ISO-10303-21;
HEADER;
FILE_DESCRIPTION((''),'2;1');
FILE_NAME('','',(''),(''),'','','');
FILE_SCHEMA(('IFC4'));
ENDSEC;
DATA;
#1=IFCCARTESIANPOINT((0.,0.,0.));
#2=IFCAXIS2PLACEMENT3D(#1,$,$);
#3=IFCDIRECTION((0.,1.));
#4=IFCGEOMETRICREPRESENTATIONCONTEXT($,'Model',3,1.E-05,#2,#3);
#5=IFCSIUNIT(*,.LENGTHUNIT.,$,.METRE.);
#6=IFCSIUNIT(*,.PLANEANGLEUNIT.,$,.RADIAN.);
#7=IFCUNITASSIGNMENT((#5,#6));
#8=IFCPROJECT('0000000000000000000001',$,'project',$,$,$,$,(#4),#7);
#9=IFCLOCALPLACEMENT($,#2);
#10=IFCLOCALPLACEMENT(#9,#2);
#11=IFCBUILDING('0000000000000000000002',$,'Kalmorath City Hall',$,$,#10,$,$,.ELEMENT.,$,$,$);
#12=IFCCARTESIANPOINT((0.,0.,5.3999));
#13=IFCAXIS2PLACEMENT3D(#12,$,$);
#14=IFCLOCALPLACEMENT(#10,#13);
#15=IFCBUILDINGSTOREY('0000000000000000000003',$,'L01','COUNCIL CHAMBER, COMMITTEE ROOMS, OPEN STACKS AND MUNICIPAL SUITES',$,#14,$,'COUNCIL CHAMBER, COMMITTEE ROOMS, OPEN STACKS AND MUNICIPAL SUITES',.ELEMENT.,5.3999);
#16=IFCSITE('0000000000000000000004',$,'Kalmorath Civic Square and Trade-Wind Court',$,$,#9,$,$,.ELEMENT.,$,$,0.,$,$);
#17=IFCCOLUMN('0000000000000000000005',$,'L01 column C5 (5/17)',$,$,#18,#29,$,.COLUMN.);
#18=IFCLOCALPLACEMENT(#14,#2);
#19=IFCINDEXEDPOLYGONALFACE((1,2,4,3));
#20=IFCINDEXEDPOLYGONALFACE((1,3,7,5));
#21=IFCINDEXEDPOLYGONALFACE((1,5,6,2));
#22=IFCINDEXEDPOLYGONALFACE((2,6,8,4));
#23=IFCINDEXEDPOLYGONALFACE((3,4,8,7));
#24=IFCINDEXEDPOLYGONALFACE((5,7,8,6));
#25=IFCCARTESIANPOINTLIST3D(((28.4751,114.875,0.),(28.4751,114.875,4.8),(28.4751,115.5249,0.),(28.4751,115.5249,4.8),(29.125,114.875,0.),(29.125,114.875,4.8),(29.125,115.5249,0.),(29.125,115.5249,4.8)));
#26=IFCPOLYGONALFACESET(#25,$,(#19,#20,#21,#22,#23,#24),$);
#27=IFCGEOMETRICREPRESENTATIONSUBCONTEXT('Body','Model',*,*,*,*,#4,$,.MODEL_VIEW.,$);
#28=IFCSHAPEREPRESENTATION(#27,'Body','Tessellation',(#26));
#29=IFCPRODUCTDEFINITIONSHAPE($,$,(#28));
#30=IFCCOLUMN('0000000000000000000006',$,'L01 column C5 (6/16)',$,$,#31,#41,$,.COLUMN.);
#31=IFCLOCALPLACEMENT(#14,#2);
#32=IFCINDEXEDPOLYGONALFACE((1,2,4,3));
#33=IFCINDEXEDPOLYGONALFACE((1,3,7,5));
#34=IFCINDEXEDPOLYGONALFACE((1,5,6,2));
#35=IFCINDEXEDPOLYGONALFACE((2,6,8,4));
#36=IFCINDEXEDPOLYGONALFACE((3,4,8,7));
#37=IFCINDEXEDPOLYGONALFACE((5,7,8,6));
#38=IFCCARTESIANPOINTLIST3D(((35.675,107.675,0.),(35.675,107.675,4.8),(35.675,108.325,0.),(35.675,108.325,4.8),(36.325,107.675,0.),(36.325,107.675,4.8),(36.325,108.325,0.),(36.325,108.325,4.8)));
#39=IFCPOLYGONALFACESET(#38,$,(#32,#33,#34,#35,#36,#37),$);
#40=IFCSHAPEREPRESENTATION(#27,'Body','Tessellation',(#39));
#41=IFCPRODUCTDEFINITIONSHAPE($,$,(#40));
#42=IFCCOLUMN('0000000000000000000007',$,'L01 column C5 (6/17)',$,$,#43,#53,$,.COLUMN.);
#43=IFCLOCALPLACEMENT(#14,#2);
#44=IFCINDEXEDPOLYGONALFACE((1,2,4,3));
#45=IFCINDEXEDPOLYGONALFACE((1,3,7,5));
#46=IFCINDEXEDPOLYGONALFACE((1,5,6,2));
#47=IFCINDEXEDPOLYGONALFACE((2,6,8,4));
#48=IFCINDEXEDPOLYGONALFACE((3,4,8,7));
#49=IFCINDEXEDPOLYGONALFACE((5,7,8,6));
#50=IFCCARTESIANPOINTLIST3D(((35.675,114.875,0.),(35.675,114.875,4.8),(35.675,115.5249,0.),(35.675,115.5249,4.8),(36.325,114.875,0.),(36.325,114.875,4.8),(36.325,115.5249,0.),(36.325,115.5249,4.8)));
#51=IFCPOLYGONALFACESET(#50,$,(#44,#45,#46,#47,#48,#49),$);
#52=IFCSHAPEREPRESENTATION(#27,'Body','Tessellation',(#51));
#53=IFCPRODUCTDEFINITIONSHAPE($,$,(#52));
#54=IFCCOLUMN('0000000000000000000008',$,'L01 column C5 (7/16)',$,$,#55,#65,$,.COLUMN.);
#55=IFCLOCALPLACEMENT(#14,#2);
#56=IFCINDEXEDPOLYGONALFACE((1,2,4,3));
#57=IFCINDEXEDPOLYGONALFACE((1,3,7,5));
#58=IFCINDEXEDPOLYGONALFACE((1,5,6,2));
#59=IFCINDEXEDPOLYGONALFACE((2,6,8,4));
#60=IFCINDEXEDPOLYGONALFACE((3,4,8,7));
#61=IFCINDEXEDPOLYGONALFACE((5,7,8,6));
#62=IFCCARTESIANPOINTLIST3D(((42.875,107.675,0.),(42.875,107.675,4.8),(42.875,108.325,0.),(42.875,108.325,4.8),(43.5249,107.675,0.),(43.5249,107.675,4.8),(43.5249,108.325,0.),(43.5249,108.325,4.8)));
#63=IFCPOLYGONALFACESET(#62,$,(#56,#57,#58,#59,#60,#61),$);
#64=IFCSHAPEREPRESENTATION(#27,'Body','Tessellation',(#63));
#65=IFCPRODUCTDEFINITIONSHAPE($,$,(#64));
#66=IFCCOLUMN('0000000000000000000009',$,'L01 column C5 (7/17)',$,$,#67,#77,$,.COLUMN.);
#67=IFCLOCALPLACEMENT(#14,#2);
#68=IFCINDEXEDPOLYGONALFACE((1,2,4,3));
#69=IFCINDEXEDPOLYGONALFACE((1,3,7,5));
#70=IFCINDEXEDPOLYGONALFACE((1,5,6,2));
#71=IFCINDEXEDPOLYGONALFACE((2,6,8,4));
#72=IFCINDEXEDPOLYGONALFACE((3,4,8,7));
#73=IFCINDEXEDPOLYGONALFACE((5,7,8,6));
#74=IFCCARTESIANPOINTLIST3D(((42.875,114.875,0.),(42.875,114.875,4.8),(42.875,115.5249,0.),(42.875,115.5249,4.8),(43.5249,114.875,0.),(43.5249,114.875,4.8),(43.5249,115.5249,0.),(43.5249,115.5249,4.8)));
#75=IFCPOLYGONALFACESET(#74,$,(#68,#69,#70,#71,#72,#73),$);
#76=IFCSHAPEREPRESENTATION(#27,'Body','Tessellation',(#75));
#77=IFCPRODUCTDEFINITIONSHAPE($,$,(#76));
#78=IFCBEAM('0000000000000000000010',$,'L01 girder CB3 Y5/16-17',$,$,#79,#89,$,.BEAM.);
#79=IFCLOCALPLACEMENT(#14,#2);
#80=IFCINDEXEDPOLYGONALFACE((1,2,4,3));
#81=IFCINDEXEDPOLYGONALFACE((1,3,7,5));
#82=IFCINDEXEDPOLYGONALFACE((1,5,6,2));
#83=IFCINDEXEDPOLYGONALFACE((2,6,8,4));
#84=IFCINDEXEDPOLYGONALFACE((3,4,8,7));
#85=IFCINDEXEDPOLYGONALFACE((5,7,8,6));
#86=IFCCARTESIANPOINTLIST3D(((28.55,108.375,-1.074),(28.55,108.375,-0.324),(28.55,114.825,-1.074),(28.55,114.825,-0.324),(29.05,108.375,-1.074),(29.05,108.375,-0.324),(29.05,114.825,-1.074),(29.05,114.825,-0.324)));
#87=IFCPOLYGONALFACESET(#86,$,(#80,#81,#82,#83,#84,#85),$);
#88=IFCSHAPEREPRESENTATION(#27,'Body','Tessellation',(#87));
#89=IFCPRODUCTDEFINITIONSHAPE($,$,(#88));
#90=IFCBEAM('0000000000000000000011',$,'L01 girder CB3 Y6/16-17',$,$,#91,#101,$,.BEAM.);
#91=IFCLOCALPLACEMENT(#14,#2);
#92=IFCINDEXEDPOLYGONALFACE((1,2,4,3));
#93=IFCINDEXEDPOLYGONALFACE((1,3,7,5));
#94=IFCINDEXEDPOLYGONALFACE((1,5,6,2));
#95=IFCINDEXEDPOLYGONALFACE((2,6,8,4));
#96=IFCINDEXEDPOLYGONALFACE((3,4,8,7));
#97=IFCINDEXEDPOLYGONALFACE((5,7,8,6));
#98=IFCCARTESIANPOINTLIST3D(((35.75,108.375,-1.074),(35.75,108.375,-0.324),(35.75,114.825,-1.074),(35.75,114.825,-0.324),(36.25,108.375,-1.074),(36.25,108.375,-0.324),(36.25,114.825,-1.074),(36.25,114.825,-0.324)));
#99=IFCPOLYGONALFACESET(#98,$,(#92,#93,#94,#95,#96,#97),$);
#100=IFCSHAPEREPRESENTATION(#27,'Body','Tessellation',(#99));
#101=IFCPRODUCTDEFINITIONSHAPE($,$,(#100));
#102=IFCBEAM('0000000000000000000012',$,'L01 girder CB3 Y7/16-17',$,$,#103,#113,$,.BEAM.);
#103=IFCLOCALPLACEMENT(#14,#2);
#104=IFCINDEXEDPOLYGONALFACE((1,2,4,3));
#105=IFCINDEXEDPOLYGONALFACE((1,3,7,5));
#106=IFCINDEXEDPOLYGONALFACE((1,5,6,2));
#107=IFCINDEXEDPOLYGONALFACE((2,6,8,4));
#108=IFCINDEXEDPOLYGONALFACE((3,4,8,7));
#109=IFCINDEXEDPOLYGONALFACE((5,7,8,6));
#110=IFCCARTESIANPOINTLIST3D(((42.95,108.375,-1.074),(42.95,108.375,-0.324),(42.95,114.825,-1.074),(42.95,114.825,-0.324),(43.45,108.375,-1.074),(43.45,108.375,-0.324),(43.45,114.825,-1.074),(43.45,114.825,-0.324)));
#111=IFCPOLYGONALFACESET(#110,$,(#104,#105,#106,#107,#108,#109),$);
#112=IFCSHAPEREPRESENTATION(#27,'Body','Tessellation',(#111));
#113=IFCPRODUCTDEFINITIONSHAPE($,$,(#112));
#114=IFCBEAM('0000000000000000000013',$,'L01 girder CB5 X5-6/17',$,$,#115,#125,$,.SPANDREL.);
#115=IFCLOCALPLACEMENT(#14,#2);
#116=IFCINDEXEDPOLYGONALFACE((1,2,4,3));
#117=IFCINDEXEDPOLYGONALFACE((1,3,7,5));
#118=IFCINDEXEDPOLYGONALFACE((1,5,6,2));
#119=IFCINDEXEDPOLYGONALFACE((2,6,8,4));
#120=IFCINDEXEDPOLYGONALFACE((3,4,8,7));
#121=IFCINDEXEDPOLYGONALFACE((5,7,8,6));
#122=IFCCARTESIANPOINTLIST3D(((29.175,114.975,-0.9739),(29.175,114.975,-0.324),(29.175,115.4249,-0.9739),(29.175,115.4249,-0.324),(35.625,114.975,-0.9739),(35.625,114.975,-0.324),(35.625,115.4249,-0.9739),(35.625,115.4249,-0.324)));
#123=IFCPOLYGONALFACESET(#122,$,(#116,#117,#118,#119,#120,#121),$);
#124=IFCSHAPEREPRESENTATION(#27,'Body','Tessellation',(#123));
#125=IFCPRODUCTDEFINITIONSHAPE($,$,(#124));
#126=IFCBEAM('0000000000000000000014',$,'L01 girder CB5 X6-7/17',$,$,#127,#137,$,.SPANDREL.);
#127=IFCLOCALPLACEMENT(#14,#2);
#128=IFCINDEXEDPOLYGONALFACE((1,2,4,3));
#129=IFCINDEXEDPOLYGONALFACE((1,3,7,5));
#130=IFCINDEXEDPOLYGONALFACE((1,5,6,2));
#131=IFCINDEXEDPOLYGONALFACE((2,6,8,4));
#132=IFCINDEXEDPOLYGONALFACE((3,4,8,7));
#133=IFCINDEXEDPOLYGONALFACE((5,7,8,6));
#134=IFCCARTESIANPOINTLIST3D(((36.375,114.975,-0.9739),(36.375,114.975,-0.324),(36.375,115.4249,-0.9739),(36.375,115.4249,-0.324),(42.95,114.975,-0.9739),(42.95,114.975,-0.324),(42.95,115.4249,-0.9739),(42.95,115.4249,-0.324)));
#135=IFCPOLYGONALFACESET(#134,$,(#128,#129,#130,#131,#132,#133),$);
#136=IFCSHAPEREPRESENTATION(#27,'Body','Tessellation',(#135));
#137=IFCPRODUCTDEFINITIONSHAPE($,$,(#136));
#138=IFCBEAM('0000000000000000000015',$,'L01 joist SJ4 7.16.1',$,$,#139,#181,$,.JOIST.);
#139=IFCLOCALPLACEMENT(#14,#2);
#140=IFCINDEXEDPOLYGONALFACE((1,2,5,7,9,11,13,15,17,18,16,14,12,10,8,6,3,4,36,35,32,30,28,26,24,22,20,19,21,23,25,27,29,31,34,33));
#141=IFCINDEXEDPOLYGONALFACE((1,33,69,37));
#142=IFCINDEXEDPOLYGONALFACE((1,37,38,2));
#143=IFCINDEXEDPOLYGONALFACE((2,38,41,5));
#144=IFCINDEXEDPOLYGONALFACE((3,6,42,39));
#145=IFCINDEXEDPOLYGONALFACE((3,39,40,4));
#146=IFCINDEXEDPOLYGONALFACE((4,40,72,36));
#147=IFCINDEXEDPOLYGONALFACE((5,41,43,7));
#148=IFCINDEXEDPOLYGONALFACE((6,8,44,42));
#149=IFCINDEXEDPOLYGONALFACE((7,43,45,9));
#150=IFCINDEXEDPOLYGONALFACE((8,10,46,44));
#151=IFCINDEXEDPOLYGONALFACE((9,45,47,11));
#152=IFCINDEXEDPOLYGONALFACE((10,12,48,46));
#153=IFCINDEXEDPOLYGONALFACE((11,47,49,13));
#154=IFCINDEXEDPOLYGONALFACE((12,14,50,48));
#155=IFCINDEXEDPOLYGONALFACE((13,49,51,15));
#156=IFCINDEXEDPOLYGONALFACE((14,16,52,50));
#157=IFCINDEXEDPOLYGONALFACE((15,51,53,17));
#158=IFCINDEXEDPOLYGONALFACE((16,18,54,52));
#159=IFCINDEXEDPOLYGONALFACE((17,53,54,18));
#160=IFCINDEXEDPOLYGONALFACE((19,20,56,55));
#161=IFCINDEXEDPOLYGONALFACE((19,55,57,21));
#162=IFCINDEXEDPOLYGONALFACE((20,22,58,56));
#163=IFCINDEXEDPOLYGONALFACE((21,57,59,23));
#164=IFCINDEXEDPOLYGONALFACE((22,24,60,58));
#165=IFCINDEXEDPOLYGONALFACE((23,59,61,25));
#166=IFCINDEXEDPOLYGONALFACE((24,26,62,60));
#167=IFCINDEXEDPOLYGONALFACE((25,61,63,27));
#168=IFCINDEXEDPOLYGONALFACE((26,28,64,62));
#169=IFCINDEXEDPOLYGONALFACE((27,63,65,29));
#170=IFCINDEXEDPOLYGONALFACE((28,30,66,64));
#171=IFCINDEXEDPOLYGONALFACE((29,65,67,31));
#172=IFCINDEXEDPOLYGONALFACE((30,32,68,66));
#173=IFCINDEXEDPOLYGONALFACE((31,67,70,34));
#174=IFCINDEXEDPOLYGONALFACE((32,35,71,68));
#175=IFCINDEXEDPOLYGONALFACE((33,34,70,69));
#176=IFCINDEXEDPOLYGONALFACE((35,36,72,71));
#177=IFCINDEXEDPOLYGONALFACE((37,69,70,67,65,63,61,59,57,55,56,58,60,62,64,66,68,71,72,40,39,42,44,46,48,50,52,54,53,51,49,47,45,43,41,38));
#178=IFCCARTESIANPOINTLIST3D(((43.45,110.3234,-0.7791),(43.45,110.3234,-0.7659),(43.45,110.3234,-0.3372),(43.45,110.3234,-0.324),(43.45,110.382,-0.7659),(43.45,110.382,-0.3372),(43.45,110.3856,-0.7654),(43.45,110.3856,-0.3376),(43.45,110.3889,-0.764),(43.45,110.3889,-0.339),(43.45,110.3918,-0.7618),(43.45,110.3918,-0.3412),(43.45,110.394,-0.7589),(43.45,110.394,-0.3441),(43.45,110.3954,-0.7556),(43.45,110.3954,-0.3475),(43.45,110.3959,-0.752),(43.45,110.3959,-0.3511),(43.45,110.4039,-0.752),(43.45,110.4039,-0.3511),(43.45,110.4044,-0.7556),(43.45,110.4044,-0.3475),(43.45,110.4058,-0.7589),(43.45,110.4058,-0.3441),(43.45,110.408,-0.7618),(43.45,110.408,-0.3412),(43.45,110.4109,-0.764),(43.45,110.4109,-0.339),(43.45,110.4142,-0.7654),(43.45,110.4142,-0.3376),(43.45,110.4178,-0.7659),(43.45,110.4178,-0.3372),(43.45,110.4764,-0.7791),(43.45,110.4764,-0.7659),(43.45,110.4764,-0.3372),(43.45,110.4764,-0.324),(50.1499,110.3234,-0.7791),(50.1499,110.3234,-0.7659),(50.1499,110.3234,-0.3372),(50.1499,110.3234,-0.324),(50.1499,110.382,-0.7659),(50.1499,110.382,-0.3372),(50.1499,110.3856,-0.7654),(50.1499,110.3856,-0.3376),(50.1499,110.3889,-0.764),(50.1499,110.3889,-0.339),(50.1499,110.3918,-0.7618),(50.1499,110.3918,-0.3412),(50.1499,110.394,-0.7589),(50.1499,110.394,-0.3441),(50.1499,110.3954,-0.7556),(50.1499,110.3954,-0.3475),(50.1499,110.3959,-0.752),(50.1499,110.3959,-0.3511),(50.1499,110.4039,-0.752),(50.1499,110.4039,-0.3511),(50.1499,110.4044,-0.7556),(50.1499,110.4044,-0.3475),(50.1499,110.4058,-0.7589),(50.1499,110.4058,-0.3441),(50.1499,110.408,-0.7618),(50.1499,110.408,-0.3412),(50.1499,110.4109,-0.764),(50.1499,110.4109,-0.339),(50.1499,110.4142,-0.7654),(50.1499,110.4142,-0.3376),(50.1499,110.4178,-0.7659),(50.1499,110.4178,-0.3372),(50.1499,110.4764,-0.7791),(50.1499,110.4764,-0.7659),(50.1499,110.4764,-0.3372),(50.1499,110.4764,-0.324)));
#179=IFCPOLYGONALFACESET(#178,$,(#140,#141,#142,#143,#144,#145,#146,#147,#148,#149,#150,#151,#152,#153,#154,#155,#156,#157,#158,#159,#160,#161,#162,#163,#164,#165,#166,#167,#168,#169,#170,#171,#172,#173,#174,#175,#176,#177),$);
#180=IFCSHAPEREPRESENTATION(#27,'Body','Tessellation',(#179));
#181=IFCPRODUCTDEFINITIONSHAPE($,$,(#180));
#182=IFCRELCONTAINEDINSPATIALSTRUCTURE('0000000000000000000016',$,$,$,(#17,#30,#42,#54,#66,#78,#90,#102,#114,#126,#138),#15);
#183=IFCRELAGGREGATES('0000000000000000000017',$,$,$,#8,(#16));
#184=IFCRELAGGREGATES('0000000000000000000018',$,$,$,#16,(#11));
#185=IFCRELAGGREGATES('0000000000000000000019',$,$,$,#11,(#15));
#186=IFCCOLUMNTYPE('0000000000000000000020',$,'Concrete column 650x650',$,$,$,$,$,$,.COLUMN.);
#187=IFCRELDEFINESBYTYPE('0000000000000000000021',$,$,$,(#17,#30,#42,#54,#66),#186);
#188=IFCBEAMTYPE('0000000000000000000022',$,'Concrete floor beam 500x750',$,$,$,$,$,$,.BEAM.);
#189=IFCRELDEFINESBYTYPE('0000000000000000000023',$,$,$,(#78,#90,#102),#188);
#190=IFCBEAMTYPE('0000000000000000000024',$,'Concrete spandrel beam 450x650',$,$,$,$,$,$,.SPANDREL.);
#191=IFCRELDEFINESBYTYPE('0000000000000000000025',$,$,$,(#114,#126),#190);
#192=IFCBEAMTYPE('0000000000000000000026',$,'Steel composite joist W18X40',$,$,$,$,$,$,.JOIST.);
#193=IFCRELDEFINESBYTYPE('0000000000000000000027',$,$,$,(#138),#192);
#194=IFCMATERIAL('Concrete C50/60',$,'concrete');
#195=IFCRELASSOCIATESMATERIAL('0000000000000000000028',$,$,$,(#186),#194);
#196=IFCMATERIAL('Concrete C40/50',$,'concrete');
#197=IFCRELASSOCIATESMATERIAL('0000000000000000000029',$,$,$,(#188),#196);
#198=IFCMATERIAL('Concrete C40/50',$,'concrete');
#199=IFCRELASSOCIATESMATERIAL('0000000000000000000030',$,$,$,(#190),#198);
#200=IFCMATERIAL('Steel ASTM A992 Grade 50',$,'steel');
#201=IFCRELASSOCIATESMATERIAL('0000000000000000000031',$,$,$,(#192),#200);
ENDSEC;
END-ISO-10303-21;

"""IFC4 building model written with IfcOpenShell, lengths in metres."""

from ifc_helpers import new_model, si_unit, direction, frame, origin, origin_2d, place, context, subcontext, project, spatial, rectangle, i_section, extrude, material, material_profile, profile_set, type_object, element, save


model = new_model("IFC4")

# Units and contexts
model_context = context("Model", 3, precision=1e-05, world=origin(), true_north=direction((0.0, 1.0)))
body_context = subcontext(model_context, "Body", "Model", "MODEL_VIEW")
ifc_project = project(units=[si_unit("LENGTHUNIT", "METRE"), si_unit("PLANEANGLEUNIT", "RADIAN")], contexts=[model_context])

# Site, building, storey
site_placement = place(None, origin())
site = spatial("IfcSite", under=ifc_project, at=site_placement, Name="Kalmorath Civic Square and Trade-Wind Court", CompositionType="ELEMENT", RefElevation=0.0)
building_placement = place(site_placement, origin())
building = spatial("IfcBuilding", under=site, at=building_placement, Name="Kalmorath City Hall", CompositionType="ELEMENT")
storey_placement = place(building_placement, frame((0.0, 0.0, 5.3999)))
storey = spatial("IfcBuildingStorey", under=building, at=storey_placement, Name="L01", Description="COUNCIL CHAMBER, COMMITTEE ROOMS, OPEN STACKS AND MUNICIPAL SUITES", LongName="COUNCIL CHAMBER, COMMITTEE ROOMS, OPEN STACKS AND MUNICIPAL SUITES", CompositionType="ELEMENT", Elevation=5.3999)

# Columns
ifc_material_1 = material(Name="Concrete C50/60", Category="concrete")
ifc_material_profile_1 = material_profile(ifc_material_1, rectangle(XDim=0.6499, YDim=0.6499, at=origin_2d()), Name="RC-COL-650X650")
ifc_profile_set_1 = profile_set([ifc_material_profile_1], Name="Concrete C50/60")
column_type = type_object("IfcColumnType", Name="Concrete column 650x650", PredefinedType="COLUMN", material=ifc_profile_set_1)
for number, where, z_axis, x_axis, name in (
    (1, (28.8, 115.2, 0.0), (0.0, 0.0, 1.0), (1.0, 0.0, 0.0), "L01 column C5 (5/17)"),
    (2, (36.0, 108.0, 0.0), (0.0, 0.0, 1.0), (1.0, 0.0, 0.0), "L01 column C5 (6/16)"),
    (3, (36.0, 115.2, 0.0), (0.0, 0.0, 1.0), (1.0, 0.0, 0.0), "L01 column C5 (6/17)"),
    (4, (43.2, 108.0, 0.0), (0.0, 0.0, 1.0), (1.0, 0.0, 0.0), "L01 column C5 (7/16)"),
    (5, (43.2, 115.2, 0.0), (0.0, 0.0, 1.0), (1.0, 0.0, 0.0), "L01 column C5 (7/17)"),
):
    element("IfcColumn", number, at=place(storey_placement, frame(where, z_axis=z_axis, x_axis=x_axis)), inside=storey, type_object=column_type, Name=name, PredefinedType="COLUMN", context=body_context, shape_type="SweptSolid", body=[
        extrude(rectangle(XDim=0.6499, YDim=0.6499, at=origin_2d()), origin(), (0.0, 0.0, 1.0), 4.8),
    ])

# Beams
ifc_material_2 = material(Name="Concrete C40/50", Category="concrete")
ifc_material_profile_2 = material_profile(ifc_material_2, rectangle(XDim=0.5, YDim=0.75, at=origin_2d()), Name="RC-BM-500X750")
ifc_profile_set_2 = profile_set([ifc_material_profile_2], Name="Concrete C40/50")
beam_type_1 = type_object("IfcBeamType", Name="Concrete floor beam 500x750", PredefinedType="BEAM", material=ifc_profile_set_2)
for number, where, z_axis, x_axis, name in (
    (6, (28.8, 108.375, -0.699), (0.0, 1.0, 0.0), (-1.0, 0.0, 0.0), "L01 girder CB3 Y5/16-17"),
    (7, (36.0, 108.375, -0.699), (0.0, 1.0, 0.0), (-1.0, 0.0, 0.0), "L01 girder CB3 Y6/16-17"),
    (8, (43.2, 108.375, -0.699), (0.0, 1.0, 0.0), (-1.0, 0.0, 0.0), "L01 girder CB3 Y7/16-17"),
):
    element("IfcBeam", number, at=place(storey_placement, frame(where, z_axis=z_axis, x_axis=x_axis)), inside=storey, type_object=beam_type_1, Name=name, PredefinedType="BEAM", context=body_context, shape_type="SweptSolid", body=[
        extrude(rectangle(XDim=0.5, YDim=0.75, at=origin_2d()), origin(), (0.0, 0.0, 1.0), 6.45),
    ])
ifc_material_3 = material(Name="Concrete C40/50", Category="concrete")
ifc_material_profile_3 = material_profile(ifc_material_3, rectangle(XDim=0.45, YDim=0.6499, at=origin_2d()), Name="RC-BM-450X650")
ifc_profile_set_3 = profile_set([ifc_material_profile_3], Name="Concrete C40/50")
beam_type_2 = type_object("IfcBeamType", Name="Concrete spandrel beam 450x650", PredefinedType="SPANDREL", material=ifc_profile_set_3)
beam_1_placement = place(storey_placement, frame((29.175, 115.2, -0.6489), z_axis=(1.0, 0.0, 0.0), x_axis=(0.0, 1.0, 0.0)))
element("IfcBeam", 9, at=beam_1_placement, inside=storey, type_object=beam_type_2, Name="L01 girder CB5 X5-6/17", PredefinedType="SPANDREL", context=body_context, shape_type="SweptSolid", body=[
    extrude(rectangle(XDim=0.45, YDim=0.6499, at=origin_2d()), origin(), (0.0, 0.0, 1.0), 6.45),
])
beam_2_placement = place(storey_placement, frame((36.375, 115.2, -0.6489), z_axis=(1.0, 0.0, 0.0), x_axis=(0.0, 1.0, 0.0)))
element("IfcBeam", 10, at=beam_2_placement, inside=storey, type_object=beam_type_2, Name="L01 girder CB5 X6-7/17", PredefinedType="SPANDREL", context=body_context, shape_type="SweptSolid", body=[
    extrude(rectangle(XDim=0.45, YDim=0.6499, at=origin_2d()), origin(), (0.0, 0.0, 1.0), 6.575),
])
ifc_material_4 = material(Name="Steel ASTM A992 Grade 50", Category="steel")
ifc_material_profile_4 = material_profile(ifc_material_4, i_section(OverallWidth=0.1531, OverallDepth=0.4551, WebThickness=0.0081, FlangeThickness=0.0132, FilletRadius=0.0139, at=origin_2d()), Name="W18X40")
ifc_profile_set_4 = profile_set([ifc_material_profile_4], Name="Steel ASTM A992 Grade 50")
beam_type_3 = type_object("IfcBeamType", Name="Steel composite joist W18X40", PredefinedType="JOIST", material=ifc_profile_set_4)
for number, where, z_axis, x_axis, name in (
    (11, (43.45, 110.3999, -0.5515), (1.0, 0.0, 0.0), (0.0, 1.0, 0.0), "L01 joist SJ4 7.16.1"),
):
    element("IfcBeam", number, at=place(storey_placement, frame(where, z_axis=z_axis, x_axis=x_axis)), inside=storey, type_object=beam_type_3, Name=name, PredefinedType="JOIST", context=body_context, shape_type="SweptSolid", body=[
        extrude(i_section(OverallWidth=0.1531, OverallDepth=0.4551, WebThickness=0.0081, FlangeThickness=0.0132, FilletRadius=0.0139, at=origin_2d()), origin(), (0.0, 0.0, 1.0), 6.7),
    ])

save(model, "model.ifc")
